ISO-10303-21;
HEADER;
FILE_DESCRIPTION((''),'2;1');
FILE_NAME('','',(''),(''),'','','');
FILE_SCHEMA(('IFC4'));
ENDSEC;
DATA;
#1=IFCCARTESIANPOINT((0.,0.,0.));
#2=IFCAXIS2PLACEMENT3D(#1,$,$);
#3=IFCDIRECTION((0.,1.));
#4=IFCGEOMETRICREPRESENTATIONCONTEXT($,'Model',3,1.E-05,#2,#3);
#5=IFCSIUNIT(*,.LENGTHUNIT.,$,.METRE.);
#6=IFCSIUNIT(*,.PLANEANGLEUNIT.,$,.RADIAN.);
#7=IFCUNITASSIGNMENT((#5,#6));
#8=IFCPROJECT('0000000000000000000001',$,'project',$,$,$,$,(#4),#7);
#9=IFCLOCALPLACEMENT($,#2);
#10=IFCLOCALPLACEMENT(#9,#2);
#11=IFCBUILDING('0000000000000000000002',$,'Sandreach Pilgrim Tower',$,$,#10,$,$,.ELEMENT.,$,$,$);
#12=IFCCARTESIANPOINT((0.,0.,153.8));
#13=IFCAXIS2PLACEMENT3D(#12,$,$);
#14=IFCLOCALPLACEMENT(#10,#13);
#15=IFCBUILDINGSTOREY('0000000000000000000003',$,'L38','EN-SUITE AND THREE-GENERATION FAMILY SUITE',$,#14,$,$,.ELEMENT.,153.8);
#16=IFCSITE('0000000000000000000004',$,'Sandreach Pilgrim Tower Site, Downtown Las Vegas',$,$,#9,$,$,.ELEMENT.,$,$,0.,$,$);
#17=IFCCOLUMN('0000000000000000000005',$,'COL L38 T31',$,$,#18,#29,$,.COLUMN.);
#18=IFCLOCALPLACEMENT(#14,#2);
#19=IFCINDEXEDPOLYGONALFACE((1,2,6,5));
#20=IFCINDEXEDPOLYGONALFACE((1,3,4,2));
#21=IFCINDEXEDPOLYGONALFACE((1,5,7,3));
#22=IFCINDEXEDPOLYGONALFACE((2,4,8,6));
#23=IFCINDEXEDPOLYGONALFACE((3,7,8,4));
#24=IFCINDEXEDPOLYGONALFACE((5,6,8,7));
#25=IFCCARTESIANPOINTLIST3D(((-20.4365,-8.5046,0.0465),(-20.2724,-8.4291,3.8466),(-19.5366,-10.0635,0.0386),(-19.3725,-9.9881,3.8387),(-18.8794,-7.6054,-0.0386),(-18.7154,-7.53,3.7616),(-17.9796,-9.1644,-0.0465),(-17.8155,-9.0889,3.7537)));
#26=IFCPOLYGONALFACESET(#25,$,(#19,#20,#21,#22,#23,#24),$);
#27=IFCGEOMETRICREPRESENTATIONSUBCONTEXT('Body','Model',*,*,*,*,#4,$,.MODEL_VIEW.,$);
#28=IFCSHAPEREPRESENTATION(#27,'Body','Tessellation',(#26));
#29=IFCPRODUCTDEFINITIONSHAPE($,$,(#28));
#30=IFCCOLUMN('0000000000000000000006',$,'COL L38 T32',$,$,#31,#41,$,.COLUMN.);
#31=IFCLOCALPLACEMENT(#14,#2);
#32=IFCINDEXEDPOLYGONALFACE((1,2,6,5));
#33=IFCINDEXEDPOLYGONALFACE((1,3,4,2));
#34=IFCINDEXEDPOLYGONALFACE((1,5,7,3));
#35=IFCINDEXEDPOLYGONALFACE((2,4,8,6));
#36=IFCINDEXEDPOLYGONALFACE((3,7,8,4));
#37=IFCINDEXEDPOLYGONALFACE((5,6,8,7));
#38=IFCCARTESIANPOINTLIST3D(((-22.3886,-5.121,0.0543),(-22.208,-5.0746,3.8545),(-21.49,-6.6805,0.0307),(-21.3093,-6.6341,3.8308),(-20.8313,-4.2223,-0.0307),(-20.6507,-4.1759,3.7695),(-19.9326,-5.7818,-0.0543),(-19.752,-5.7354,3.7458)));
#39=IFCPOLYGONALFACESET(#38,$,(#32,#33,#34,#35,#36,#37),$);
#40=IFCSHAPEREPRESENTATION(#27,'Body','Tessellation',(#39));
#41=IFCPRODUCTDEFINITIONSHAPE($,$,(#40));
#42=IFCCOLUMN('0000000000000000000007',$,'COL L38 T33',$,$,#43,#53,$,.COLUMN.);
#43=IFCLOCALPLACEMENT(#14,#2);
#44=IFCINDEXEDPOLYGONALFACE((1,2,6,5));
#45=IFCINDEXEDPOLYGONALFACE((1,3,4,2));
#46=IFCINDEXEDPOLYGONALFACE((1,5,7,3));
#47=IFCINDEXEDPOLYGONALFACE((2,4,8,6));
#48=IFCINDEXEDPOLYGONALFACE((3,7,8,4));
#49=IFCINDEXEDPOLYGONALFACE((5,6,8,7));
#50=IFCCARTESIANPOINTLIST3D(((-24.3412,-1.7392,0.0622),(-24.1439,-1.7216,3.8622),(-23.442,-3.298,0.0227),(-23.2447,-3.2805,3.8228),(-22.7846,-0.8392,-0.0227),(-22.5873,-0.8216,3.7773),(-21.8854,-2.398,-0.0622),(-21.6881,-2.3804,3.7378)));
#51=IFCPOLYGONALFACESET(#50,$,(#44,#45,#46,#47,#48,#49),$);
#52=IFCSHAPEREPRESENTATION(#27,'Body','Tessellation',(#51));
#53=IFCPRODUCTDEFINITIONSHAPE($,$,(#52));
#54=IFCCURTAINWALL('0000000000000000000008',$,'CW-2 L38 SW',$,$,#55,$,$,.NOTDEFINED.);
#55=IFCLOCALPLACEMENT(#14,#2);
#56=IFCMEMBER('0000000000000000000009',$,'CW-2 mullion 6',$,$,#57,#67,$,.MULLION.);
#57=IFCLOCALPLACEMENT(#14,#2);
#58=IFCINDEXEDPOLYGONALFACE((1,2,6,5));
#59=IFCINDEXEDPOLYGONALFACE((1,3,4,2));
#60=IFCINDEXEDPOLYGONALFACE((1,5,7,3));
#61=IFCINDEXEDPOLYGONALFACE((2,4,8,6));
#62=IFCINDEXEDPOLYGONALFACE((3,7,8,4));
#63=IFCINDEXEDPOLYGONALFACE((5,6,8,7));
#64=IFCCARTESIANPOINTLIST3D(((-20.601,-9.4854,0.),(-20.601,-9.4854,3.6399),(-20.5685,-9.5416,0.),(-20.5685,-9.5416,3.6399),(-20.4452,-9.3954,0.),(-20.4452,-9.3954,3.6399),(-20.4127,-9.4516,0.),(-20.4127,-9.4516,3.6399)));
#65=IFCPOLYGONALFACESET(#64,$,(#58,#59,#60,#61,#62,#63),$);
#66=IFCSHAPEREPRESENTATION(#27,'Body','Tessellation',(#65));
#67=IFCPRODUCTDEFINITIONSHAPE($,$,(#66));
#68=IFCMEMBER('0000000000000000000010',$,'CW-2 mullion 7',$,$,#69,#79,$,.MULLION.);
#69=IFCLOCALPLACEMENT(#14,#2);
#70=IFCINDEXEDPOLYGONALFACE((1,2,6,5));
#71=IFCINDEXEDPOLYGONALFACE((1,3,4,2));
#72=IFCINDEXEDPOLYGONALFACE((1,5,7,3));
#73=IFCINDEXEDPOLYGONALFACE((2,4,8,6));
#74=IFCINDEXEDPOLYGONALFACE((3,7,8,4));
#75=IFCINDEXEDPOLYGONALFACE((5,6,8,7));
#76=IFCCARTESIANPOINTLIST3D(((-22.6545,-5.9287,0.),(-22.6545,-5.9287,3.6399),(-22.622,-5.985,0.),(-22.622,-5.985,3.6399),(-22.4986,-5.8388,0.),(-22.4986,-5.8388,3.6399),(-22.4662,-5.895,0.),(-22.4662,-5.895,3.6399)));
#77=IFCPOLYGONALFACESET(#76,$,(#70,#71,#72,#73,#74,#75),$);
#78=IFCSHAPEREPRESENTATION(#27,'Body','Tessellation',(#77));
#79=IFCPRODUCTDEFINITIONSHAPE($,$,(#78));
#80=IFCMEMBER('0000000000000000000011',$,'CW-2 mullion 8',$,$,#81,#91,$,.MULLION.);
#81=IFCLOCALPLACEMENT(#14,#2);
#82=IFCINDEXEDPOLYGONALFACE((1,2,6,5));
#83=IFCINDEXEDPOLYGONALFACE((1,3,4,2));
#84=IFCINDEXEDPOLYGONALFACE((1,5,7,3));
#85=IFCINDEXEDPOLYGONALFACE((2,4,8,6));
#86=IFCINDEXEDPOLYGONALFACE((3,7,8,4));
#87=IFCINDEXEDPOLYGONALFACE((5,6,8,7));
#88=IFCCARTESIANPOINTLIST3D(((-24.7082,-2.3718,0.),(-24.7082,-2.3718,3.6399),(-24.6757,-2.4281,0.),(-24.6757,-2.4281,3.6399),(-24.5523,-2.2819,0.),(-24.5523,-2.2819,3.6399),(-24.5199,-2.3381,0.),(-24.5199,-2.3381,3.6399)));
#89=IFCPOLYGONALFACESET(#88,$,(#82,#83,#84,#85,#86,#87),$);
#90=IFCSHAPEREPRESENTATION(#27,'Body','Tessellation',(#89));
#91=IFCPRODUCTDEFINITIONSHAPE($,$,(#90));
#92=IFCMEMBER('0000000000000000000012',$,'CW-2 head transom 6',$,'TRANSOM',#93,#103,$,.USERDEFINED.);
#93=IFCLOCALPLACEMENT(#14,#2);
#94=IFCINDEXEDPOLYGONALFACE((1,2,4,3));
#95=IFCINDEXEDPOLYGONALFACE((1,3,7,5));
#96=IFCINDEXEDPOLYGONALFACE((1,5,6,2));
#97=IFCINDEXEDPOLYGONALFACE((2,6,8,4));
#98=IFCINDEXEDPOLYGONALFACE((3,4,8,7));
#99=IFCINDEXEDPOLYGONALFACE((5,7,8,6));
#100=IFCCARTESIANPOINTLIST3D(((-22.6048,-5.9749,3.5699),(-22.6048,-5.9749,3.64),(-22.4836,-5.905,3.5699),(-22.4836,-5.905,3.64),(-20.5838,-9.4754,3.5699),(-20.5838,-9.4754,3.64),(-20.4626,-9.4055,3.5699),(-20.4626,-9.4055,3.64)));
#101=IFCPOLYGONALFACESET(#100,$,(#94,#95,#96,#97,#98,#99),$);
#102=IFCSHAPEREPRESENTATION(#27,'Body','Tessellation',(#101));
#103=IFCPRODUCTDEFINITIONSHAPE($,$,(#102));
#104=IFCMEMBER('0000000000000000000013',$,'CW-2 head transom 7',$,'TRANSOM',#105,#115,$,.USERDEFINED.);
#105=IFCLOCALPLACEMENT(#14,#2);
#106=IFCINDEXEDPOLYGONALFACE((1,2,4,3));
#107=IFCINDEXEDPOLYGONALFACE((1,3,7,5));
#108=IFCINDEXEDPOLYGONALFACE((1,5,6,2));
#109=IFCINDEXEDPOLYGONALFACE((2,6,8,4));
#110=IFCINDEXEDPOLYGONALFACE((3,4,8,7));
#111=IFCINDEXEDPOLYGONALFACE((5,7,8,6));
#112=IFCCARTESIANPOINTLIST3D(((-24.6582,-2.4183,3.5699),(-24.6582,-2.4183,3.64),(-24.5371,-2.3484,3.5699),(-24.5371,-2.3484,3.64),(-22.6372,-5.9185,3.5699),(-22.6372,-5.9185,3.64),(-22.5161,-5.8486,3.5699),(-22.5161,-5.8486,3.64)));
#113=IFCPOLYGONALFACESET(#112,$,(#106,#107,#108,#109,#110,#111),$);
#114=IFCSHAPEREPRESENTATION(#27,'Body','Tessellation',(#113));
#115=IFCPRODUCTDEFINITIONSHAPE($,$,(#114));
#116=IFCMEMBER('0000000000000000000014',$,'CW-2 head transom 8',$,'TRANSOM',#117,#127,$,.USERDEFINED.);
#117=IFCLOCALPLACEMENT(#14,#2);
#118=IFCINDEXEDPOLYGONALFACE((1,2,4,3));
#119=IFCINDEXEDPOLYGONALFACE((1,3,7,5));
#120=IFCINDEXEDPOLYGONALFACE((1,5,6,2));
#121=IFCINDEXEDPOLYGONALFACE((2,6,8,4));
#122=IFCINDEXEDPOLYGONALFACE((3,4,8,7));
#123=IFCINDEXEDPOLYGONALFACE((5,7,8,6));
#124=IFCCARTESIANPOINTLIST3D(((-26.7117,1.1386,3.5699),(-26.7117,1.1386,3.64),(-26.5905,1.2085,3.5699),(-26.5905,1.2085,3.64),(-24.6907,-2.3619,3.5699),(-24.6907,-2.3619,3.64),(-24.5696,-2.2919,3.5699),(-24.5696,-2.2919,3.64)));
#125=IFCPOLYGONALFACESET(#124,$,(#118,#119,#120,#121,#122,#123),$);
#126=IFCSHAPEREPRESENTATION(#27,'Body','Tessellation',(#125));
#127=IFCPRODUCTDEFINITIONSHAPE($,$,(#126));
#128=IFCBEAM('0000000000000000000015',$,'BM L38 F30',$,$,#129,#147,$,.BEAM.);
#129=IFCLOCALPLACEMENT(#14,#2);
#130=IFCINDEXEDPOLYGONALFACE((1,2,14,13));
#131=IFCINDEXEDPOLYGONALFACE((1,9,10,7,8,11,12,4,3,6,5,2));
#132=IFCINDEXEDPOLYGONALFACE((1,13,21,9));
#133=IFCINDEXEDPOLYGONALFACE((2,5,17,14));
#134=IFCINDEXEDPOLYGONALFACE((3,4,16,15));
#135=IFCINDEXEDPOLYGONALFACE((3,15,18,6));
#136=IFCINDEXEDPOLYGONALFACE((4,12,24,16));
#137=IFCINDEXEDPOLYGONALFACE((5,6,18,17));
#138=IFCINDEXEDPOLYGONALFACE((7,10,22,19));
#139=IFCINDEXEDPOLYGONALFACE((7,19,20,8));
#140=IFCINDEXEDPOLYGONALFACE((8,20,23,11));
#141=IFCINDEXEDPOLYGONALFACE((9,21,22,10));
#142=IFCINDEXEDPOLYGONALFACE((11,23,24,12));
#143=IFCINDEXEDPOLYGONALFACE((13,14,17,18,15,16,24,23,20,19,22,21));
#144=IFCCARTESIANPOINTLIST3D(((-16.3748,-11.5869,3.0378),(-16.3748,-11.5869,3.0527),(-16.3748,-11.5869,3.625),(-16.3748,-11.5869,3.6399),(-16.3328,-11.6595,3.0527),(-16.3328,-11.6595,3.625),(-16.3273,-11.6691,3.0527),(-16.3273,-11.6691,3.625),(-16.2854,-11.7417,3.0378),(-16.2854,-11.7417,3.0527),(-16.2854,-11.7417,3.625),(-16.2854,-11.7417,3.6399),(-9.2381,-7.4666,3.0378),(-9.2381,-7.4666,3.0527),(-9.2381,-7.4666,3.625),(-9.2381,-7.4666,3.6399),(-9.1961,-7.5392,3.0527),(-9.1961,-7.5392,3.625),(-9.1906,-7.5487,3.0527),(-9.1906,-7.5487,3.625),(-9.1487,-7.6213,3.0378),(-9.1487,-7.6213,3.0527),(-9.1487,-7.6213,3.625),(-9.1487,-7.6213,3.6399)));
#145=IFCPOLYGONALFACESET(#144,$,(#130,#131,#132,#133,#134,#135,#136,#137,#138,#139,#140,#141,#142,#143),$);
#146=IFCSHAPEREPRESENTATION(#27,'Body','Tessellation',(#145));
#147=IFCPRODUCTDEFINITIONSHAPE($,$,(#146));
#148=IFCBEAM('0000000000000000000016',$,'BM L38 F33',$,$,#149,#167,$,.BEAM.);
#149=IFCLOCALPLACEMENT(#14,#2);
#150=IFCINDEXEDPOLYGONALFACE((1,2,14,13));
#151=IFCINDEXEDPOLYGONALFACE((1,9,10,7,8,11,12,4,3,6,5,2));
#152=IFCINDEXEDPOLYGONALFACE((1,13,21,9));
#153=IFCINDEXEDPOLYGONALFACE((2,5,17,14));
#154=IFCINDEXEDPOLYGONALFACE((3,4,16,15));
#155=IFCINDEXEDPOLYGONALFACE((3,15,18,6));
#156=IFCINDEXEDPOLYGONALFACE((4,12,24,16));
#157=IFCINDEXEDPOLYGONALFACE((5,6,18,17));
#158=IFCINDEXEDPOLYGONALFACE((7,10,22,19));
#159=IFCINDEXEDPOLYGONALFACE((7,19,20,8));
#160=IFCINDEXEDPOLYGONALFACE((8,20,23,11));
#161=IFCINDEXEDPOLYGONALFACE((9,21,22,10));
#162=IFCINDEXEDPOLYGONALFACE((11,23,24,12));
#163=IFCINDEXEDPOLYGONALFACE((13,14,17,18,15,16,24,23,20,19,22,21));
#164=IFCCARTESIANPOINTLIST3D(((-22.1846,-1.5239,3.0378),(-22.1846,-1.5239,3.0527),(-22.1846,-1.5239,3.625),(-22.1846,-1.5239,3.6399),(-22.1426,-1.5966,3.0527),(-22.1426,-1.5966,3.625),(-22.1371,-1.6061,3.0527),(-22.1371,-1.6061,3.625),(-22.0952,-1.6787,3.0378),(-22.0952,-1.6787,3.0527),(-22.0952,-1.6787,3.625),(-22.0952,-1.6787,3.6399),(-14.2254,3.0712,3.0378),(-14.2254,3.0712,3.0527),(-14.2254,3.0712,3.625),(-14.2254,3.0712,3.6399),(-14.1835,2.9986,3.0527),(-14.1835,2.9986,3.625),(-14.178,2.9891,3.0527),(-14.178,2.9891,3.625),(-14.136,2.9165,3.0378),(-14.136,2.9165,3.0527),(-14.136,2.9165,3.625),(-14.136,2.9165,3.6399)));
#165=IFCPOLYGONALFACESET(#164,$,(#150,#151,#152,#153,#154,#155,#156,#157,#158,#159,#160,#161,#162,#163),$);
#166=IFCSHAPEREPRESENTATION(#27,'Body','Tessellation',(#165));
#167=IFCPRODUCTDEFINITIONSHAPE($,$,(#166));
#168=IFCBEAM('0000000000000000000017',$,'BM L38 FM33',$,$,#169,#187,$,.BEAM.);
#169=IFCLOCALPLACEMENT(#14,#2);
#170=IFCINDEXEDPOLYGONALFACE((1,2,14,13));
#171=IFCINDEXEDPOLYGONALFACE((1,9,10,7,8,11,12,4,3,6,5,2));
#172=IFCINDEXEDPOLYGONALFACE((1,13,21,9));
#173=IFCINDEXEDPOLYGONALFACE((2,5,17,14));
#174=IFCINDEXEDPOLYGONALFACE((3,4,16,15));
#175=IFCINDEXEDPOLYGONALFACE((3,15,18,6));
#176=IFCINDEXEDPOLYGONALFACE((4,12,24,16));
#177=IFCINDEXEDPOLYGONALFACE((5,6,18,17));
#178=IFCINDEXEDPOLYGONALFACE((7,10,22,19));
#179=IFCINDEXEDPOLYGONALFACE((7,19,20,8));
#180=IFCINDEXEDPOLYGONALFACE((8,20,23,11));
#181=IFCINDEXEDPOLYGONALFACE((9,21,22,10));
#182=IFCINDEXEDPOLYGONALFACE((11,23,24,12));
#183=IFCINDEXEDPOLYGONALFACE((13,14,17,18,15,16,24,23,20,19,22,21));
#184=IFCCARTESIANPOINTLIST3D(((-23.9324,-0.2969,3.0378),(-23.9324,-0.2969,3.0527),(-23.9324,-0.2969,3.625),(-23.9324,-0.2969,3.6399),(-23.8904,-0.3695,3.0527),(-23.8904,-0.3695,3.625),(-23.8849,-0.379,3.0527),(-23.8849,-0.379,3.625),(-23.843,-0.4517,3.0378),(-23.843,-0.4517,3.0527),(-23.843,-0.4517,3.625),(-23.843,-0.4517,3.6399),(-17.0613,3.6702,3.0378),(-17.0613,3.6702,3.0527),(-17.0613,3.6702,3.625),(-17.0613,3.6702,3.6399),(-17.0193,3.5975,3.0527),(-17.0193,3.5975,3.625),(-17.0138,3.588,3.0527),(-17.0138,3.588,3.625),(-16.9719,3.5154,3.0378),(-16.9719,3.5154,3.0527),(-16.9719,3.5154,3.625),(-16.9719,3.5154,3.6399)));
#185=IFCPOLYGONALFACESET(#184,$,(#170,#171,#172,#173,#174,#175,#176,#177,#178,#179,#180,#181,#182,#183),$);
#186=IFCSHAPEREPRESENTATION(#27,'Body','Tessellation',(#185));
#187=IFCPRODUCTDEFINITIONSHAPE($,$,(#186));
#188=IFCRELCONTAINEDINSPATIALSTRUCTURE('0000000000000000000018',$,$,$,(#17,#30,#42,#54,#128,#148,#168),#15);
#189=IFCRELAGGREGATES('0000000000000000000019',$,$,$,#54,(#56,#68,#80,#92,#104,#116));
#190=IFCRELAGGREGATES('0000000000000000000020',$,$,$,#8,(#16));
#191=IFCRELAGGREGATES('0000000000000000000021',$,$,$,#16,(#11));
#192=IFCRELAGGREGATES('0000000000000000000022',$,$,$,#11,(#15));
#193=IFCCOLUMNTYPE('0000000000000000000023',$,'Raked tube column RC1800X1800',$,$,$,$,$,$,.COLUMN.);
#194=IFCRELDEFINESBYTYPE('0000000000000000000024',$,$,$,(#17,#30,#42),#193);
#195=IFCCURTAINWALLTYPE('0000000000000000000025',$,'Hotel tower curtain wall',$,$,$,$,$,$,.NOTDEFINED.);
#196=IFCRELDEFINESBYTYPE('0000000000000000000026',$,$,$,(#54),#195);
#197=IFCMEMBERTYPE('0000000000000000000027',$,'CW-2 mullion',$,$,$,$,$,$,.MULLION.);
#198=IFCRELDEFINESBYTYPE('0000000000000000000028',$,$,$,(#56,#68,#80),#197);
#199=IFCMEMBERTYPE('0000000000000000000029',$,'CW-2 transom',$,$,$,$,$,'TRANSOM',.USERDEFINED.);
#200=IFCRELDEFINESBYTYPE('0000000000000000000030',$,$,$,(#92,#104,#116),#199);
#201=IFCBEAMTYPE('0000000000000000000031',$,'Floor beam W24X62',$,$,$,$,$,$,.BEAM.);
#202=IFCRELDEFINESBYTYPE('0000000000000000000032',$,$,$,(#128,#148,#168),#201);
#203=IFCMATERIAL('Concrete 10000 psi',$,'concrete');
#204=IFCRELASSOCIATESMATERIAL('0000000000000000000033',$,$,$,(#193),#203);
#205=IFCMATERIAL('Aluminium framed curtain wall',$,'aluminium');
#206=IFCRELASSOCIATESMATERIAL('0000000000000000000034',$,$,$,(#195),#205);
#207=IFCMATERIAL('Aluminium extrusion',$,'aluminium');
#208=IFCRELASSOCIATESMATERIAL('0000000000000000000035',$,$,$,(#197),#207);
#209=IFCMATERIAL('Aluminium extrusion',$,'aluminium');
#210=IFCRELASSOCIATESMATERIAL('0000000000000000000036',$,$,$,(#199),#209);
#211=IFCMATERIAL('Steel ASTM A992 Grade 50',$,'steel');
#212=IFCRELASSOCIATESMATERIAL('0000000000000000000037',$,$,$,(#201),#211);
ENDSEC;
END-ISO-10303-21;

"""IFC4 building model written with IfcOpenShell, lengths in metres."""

from ifc_helpers import new_model, si_unit, direction, frame, origin, origin_2d, place, context, subcontext, project, spatial, rectangle, i_section, extrude, material, material_profile, profile_set, type_object, element, aggregate, save


model = new_model("IFC4")

# Units and contexts
model_context = context("Model", 3, precision=1e-05, world=origin(), true_north=direction((0.0, 1.0)))
body_context = subcontext(model_context, "Body", "Model", "MODEL_VIEW")
ifc_project = project(units=[si_unit("LENGTHUNIT", "METRE"), si_unit("PLANEANGLEUNIT", "RADIAN")], contexts=[model_context])

# Site, building, storey
site_placement = place(None, origin())
site = spatial("IfcSite", under=ifc_project, at=site_placement, Name="Sandreach Pilgrim Tower Site, Downtown Las Vegas", CompositionType="ELEMENT", RefElevation=0.0)
building_placement = place(site_placement, origin())
building = spatial("IfcBuilding", under=site, at=building_placement, Name="Sandreach Pilgrim Tower", CompositionType="ELEMENT")
storey_placement = place(building_placement, frame((0.0, 0.0, 153.8)))
storey = spatial("IfcBuildingStorey", under=building, at=storey_placement, Name="L38", Description="EN-SUITE AND THREE-GENERATION FAMILY SUITE", CompositionType="ELEMENT", Elevation=153.8)

# Columns
ifc_material_1 = material(Name="Concrete 10000 psi", Category="concrete")
ifc_material_profile_1 = material_profile(ifc_material_1, rectangle(XDim=1.8, YDim=1.8, at=origin_2d()), Name="RC1800X1800")
ifc_profile_set_1 = profile_set([ifc_material_profile_1], Name="Concrete 10000 psi")
column_type = type_object("IfcColumnType", Name="Raked tube column RC1800X1800", PredefinedType="COLUMN", material=ifc_profile_set_1)
column_1_placement = place(storey_placement, frame((-19.208, -8.8345, 0.0), z_axis=(0.043125, 0.01983, 0.998873), x_axis=(-0.865002, -0.499537, 0.047262)))
element("IfcColumn", 1, at=column_1_placement, inside=storey, type_object=column_type, Name="COL L38 T31", PredefinedType="COLUMN", context=body_context, shape_type="SweptSolid", body=[
    extrude(rectangle(XDim=1.8, YDim=1.8, at=origin_2d()), origin(), (0.0, 0.0, 1.0), 3.8044),
])
column_2_placement = place(storey_placement, frame((-21.1606, -5.4514, 0.0), z_axis=(0.047485, 0.012192, 0.998798), x_axis=(-0.865155, -0.499276, 0.047226)))
element("IfcColumn", 2, at=column_2_placement, inside=storey, type_object=column_type, Name="COL L38 T32", PredefinedType="COLUMN", context=body_context, shape_type="SweptSolid", body=[
    extrude(rectangle(XDim=1.8, YDim=1.8, at=origin_2d()), origin(), (0.0, 0.0, 1.0), 3.8047),
])
column_3_placement = place(storey_placement, frame((-23.1133, -2.0686, 0.0), z_axis=(0.051841, 0.004619, 0.998645), x_axis=(-0.864737, -0.500002, 0.047203)))
element("IfcColumn", 3, at=column_3_placement, inside=storey, type_object=column_type, Name="COL L38 T33", PredefinedType="COLUMN", context=body_context, shape_type="SweptSolid", body=[
    extrude(rectangle(XDim=1.8, YDim=1.8, at=origin_2d()), origin(), (0.0, 0.0, 1.0), 3.8052),
])

# Curtain wall, members
ifc_material_2 = material(Name="Aluminium framed curtain wall", Category="aluminium")
curtain_wall_type = type_object("IfcCurtainWallType", Name="Hotel tower curtain wall", PredefinedType="NOTDEFINED", material=ifc_material_2)
curtain_wall_placement = place(storey_placement, origin())
curtain_wall = element("IfcCurtainWall", 4, at=curtain_wall_placement, inside=storey, type_object=curtain_wall_type, Name="CW-2 L38 SW", PredefinedType="NOTDEFINED")
ifc_material_3 = material(Name="Aluminium extrusion", Category="aluminium")
ifc_material_profile_2 = material_profile(ifc_material_3, rectangle(XDim=0.0649, YDim=0.1799, at=origin_2d()), Name="CW-2M 65X180")
ifc_profile_set_2 = profile_set([ifc_material_profile_2], Name="Aluminium extrusion")
member_type_1 = type_object("IfcMemberType", Name="CW-2 mullion", PredefinedType="MULLION", material=ifc_profile_set_2)
member_1_placement = place(storey_placement, frame((-20.5068, -9.4685, 0.0), z_axis=(0.0, 0.0, 1.0), x_axis=(-0.5, 0.866025, 0.0)))
member_1 = element("IfcMember", 5, at=member_1_placement, type_object=member_type_1, Name="CW-2 mullion 6", PredefinedType="MULLION", context=body_context, shape_type="SweptSolid", body=[
    extrude(rectangle(XDim=0.0649, YDim=0.1799, at=origin_2d()), origin(), (0.0, 0.0, 1.0), 3.6399),
])
member_2_placement = place(storey_placement, frame((-22.5603, -5.9119, 0.0), z_axis=(0.0, 0.0, 1.0), x_axis=(-0.5, 0.866025, 0.0)))
member_2 = element("IfcMember", 6, at=member_2_placement, type_object=member_type_1, Name="CW-2 mullion 7", PredefinedType="MULLION", context=body_context, shape_type="SweptSolid", body=[
    extrude(rectangle(XDim=0.0649, YDim=0.1799, at=origin_2d()), origin(), (0.0, 0.0, 1.0), 3.6399),
])
member_3_placement = place(storey_placement, frame((-24.614, -2.355, 0.0), z_axis=(0.0, 0.0, 1.0), x_axis=(-0.5, 0.866025, 0.0)))
member_3 = element("IfcMember", 7, at=member_3_placement, type_object=member_type_1, Name="CW-2 mullion 8", PredefinedType="MULLION", context=body_context, shape_type="SweptSolid", body=[
    extrude(rectangle(XDim=0.0649, YDim=0.1799, at=origin_2d()), origin(), (0.0, 0.0, 1.0), 3.6399),
])
ifc_material_4 = material(Name="Aluminium extrusion", Category="aluminium")
ifc_material_profile_3 = material_profile(ifc_material_4, rectangle(XDim=0.1399, YDim=0.0701, at=origin_2d()), Name="CW-2T 140X70")
ifc_profile_set_3 = profile_set([ifc_material_profile_3], Name="Aluminium extrusion")
member_type_2 = type_object("IfcMemberType", Name="CW-2 transom", ElementType="TRANSOM", PredefinedType="USERDEFINED", material=ifc_profile_set_3)
member_4_placement = place(storey_placement, frame((-20.5232, -9.4404, 3.605), z_axis=(-0.499998, 0.866027, 0.0), x_axis=(-0.866027, -0.499998, 0.0)))
member_4 = element("IfcMember", 8, at=member_4_placement, type_object=member_type_2, Name="CW-2 head transom 6", ObjectType="TRANSOM", PredefinedType="USERDEFINED", context=body_context, shape_type="SweptSolid", body=[
    extrude(rectangle(XDim=0.1399, YDim=0.0701, at=origin_2d()), origin(), (0.0, 0.0, 1.0), 4.042),
])
member_5_placement = place(storey_placement, frame((-22.5767, -5.8835, 3.605), z_axis=(-0.500024, 0.866012, 0.0), x_axis=(-0.866012, -0.500024, 0.0)))
member_5 = element("IfcMember", 9, at=member_5_placement, type_object=member_type_2, Name="CW-2 head transom 7", ObjectType="TRANSOM", PredefinedType="USERDEFINED", context=body_context, shape_type="SweptSolid", body=[
    extrude(rectangle(XDim=0.1399, YDim=0.0701, at=origin_2d()), origin(), (0.0, 0.0, 1.0), 4.0417),
])
member_6_placement = place(storey_placement, frame((-24.6301, -2.3269, 3.605), z_axis=(-0.499998, 0.866027, 0.0), x_axis=(-0.866027, -0.499998, 0.0)))
member_6 = element("IfcMember", 10, at=member_6_placement, type_object=member_type_2, Name="CW-2 head transom 8", ObjectType="TRANSOM", PredefinedType="USERDEFINED", context=body_context, shape_type="SweptSolid", body=[
    extrude(rectangle(XDim=0.1399, YDim=0.0701, at=origin_2d()), origin(), (0.0, 0.0, 1.0), 4.042),
])

# Beams
ifc_material_5 = material(Name="Steel ASTM A992 Grade 50", Category="steel")
ifc_material_profile_4 = material_profile(ifc_material_5, i_section(OverallWidth=0.1787, OverallDepth=0.6021, WebThickness=0.011, FlangeThickness=0.0149, at=origin_2d()), Name="W24X62")
ifc_profile_set_4 = profile_set([ifc_material_profile_4], Name="Steel ASTM A992 Grade 50")
beam_type_1 = type_object("IfcBeamType", Name="Floor beam W24X62", PredefinedType="BEAM", material=ifc_profile_set_4)
beam_1_placement = place(storey_placement, frame((-16.3301, -11.6643, 3.3389), z_axis=(0.866027, 0.499998, 0.0), x_axis=(-0.499998, 0.866027, 0.0)))
element("IfcBeam", 11, at=beam_1_placement, inside=storey, type_object=beam_type_1, Name="BM L38 F30", PredefinedType="BEAM", context=body_context, shape_type="SweptSolid", body=[
    extrude(i_section(OverallWidth=0.1787, OverallDepth=0.6021, WebThickness=0.011, FlangeThickness=0.0149, at=origin_2d()), origin(), (0.0, 0.0, 1.0), 8.2407),
])
beam_2_placement = place(storey_placement, frame((-22.1399, -1.6013, 3.3389), z_axis=(0.866028, 0.499996, 0.0), x_axis=(-0.499996, 0.866028, 0.0)))
element("IfcBeam", 12, at=beam_2_placement, inside=storey, type_object=beam_type_1, Name="BM L38 F33", PredefinedType="BEAM", context=body_context, shape_type="SweptSolid", body=[
    extrude(i_section(OverallWidth=0.1787, OverallDepth=0.6021, WebThickness=0.011, FlangeThickness=0.0149, at=origin_2d()), origin(), (0.0, 0.0, 1.0), 9.1904),
])
beam_3_placement = place(storey_placement, frame((-23.8877, -0.3743, 3.3389), z_axis=(0.866025, 0.500001, 0.0), x_axis=(-0.500001, 0.866025, 0.0)))
element("IfcBeam", 13, at=beam_3_placement, inside=storey, type_object=beam_type_1, Name="BM L38 FM33", PredefinedType="BEAM", context=body_context, shape_type="SweptSolid", body=[
    extrude(i_section(OverallWidth=0.1787, OverallDepth=0.6021, WebThickness=0.011, FlangeThickness=0.0149, at=origin_2d()), origin(), (0.0, 0.0, 1.0), 7.9341),
])

aggregate(curtain_wall, [member_1, member_2, member_3, member_4, member_5, member_6])

save(model, "model.ifc")
